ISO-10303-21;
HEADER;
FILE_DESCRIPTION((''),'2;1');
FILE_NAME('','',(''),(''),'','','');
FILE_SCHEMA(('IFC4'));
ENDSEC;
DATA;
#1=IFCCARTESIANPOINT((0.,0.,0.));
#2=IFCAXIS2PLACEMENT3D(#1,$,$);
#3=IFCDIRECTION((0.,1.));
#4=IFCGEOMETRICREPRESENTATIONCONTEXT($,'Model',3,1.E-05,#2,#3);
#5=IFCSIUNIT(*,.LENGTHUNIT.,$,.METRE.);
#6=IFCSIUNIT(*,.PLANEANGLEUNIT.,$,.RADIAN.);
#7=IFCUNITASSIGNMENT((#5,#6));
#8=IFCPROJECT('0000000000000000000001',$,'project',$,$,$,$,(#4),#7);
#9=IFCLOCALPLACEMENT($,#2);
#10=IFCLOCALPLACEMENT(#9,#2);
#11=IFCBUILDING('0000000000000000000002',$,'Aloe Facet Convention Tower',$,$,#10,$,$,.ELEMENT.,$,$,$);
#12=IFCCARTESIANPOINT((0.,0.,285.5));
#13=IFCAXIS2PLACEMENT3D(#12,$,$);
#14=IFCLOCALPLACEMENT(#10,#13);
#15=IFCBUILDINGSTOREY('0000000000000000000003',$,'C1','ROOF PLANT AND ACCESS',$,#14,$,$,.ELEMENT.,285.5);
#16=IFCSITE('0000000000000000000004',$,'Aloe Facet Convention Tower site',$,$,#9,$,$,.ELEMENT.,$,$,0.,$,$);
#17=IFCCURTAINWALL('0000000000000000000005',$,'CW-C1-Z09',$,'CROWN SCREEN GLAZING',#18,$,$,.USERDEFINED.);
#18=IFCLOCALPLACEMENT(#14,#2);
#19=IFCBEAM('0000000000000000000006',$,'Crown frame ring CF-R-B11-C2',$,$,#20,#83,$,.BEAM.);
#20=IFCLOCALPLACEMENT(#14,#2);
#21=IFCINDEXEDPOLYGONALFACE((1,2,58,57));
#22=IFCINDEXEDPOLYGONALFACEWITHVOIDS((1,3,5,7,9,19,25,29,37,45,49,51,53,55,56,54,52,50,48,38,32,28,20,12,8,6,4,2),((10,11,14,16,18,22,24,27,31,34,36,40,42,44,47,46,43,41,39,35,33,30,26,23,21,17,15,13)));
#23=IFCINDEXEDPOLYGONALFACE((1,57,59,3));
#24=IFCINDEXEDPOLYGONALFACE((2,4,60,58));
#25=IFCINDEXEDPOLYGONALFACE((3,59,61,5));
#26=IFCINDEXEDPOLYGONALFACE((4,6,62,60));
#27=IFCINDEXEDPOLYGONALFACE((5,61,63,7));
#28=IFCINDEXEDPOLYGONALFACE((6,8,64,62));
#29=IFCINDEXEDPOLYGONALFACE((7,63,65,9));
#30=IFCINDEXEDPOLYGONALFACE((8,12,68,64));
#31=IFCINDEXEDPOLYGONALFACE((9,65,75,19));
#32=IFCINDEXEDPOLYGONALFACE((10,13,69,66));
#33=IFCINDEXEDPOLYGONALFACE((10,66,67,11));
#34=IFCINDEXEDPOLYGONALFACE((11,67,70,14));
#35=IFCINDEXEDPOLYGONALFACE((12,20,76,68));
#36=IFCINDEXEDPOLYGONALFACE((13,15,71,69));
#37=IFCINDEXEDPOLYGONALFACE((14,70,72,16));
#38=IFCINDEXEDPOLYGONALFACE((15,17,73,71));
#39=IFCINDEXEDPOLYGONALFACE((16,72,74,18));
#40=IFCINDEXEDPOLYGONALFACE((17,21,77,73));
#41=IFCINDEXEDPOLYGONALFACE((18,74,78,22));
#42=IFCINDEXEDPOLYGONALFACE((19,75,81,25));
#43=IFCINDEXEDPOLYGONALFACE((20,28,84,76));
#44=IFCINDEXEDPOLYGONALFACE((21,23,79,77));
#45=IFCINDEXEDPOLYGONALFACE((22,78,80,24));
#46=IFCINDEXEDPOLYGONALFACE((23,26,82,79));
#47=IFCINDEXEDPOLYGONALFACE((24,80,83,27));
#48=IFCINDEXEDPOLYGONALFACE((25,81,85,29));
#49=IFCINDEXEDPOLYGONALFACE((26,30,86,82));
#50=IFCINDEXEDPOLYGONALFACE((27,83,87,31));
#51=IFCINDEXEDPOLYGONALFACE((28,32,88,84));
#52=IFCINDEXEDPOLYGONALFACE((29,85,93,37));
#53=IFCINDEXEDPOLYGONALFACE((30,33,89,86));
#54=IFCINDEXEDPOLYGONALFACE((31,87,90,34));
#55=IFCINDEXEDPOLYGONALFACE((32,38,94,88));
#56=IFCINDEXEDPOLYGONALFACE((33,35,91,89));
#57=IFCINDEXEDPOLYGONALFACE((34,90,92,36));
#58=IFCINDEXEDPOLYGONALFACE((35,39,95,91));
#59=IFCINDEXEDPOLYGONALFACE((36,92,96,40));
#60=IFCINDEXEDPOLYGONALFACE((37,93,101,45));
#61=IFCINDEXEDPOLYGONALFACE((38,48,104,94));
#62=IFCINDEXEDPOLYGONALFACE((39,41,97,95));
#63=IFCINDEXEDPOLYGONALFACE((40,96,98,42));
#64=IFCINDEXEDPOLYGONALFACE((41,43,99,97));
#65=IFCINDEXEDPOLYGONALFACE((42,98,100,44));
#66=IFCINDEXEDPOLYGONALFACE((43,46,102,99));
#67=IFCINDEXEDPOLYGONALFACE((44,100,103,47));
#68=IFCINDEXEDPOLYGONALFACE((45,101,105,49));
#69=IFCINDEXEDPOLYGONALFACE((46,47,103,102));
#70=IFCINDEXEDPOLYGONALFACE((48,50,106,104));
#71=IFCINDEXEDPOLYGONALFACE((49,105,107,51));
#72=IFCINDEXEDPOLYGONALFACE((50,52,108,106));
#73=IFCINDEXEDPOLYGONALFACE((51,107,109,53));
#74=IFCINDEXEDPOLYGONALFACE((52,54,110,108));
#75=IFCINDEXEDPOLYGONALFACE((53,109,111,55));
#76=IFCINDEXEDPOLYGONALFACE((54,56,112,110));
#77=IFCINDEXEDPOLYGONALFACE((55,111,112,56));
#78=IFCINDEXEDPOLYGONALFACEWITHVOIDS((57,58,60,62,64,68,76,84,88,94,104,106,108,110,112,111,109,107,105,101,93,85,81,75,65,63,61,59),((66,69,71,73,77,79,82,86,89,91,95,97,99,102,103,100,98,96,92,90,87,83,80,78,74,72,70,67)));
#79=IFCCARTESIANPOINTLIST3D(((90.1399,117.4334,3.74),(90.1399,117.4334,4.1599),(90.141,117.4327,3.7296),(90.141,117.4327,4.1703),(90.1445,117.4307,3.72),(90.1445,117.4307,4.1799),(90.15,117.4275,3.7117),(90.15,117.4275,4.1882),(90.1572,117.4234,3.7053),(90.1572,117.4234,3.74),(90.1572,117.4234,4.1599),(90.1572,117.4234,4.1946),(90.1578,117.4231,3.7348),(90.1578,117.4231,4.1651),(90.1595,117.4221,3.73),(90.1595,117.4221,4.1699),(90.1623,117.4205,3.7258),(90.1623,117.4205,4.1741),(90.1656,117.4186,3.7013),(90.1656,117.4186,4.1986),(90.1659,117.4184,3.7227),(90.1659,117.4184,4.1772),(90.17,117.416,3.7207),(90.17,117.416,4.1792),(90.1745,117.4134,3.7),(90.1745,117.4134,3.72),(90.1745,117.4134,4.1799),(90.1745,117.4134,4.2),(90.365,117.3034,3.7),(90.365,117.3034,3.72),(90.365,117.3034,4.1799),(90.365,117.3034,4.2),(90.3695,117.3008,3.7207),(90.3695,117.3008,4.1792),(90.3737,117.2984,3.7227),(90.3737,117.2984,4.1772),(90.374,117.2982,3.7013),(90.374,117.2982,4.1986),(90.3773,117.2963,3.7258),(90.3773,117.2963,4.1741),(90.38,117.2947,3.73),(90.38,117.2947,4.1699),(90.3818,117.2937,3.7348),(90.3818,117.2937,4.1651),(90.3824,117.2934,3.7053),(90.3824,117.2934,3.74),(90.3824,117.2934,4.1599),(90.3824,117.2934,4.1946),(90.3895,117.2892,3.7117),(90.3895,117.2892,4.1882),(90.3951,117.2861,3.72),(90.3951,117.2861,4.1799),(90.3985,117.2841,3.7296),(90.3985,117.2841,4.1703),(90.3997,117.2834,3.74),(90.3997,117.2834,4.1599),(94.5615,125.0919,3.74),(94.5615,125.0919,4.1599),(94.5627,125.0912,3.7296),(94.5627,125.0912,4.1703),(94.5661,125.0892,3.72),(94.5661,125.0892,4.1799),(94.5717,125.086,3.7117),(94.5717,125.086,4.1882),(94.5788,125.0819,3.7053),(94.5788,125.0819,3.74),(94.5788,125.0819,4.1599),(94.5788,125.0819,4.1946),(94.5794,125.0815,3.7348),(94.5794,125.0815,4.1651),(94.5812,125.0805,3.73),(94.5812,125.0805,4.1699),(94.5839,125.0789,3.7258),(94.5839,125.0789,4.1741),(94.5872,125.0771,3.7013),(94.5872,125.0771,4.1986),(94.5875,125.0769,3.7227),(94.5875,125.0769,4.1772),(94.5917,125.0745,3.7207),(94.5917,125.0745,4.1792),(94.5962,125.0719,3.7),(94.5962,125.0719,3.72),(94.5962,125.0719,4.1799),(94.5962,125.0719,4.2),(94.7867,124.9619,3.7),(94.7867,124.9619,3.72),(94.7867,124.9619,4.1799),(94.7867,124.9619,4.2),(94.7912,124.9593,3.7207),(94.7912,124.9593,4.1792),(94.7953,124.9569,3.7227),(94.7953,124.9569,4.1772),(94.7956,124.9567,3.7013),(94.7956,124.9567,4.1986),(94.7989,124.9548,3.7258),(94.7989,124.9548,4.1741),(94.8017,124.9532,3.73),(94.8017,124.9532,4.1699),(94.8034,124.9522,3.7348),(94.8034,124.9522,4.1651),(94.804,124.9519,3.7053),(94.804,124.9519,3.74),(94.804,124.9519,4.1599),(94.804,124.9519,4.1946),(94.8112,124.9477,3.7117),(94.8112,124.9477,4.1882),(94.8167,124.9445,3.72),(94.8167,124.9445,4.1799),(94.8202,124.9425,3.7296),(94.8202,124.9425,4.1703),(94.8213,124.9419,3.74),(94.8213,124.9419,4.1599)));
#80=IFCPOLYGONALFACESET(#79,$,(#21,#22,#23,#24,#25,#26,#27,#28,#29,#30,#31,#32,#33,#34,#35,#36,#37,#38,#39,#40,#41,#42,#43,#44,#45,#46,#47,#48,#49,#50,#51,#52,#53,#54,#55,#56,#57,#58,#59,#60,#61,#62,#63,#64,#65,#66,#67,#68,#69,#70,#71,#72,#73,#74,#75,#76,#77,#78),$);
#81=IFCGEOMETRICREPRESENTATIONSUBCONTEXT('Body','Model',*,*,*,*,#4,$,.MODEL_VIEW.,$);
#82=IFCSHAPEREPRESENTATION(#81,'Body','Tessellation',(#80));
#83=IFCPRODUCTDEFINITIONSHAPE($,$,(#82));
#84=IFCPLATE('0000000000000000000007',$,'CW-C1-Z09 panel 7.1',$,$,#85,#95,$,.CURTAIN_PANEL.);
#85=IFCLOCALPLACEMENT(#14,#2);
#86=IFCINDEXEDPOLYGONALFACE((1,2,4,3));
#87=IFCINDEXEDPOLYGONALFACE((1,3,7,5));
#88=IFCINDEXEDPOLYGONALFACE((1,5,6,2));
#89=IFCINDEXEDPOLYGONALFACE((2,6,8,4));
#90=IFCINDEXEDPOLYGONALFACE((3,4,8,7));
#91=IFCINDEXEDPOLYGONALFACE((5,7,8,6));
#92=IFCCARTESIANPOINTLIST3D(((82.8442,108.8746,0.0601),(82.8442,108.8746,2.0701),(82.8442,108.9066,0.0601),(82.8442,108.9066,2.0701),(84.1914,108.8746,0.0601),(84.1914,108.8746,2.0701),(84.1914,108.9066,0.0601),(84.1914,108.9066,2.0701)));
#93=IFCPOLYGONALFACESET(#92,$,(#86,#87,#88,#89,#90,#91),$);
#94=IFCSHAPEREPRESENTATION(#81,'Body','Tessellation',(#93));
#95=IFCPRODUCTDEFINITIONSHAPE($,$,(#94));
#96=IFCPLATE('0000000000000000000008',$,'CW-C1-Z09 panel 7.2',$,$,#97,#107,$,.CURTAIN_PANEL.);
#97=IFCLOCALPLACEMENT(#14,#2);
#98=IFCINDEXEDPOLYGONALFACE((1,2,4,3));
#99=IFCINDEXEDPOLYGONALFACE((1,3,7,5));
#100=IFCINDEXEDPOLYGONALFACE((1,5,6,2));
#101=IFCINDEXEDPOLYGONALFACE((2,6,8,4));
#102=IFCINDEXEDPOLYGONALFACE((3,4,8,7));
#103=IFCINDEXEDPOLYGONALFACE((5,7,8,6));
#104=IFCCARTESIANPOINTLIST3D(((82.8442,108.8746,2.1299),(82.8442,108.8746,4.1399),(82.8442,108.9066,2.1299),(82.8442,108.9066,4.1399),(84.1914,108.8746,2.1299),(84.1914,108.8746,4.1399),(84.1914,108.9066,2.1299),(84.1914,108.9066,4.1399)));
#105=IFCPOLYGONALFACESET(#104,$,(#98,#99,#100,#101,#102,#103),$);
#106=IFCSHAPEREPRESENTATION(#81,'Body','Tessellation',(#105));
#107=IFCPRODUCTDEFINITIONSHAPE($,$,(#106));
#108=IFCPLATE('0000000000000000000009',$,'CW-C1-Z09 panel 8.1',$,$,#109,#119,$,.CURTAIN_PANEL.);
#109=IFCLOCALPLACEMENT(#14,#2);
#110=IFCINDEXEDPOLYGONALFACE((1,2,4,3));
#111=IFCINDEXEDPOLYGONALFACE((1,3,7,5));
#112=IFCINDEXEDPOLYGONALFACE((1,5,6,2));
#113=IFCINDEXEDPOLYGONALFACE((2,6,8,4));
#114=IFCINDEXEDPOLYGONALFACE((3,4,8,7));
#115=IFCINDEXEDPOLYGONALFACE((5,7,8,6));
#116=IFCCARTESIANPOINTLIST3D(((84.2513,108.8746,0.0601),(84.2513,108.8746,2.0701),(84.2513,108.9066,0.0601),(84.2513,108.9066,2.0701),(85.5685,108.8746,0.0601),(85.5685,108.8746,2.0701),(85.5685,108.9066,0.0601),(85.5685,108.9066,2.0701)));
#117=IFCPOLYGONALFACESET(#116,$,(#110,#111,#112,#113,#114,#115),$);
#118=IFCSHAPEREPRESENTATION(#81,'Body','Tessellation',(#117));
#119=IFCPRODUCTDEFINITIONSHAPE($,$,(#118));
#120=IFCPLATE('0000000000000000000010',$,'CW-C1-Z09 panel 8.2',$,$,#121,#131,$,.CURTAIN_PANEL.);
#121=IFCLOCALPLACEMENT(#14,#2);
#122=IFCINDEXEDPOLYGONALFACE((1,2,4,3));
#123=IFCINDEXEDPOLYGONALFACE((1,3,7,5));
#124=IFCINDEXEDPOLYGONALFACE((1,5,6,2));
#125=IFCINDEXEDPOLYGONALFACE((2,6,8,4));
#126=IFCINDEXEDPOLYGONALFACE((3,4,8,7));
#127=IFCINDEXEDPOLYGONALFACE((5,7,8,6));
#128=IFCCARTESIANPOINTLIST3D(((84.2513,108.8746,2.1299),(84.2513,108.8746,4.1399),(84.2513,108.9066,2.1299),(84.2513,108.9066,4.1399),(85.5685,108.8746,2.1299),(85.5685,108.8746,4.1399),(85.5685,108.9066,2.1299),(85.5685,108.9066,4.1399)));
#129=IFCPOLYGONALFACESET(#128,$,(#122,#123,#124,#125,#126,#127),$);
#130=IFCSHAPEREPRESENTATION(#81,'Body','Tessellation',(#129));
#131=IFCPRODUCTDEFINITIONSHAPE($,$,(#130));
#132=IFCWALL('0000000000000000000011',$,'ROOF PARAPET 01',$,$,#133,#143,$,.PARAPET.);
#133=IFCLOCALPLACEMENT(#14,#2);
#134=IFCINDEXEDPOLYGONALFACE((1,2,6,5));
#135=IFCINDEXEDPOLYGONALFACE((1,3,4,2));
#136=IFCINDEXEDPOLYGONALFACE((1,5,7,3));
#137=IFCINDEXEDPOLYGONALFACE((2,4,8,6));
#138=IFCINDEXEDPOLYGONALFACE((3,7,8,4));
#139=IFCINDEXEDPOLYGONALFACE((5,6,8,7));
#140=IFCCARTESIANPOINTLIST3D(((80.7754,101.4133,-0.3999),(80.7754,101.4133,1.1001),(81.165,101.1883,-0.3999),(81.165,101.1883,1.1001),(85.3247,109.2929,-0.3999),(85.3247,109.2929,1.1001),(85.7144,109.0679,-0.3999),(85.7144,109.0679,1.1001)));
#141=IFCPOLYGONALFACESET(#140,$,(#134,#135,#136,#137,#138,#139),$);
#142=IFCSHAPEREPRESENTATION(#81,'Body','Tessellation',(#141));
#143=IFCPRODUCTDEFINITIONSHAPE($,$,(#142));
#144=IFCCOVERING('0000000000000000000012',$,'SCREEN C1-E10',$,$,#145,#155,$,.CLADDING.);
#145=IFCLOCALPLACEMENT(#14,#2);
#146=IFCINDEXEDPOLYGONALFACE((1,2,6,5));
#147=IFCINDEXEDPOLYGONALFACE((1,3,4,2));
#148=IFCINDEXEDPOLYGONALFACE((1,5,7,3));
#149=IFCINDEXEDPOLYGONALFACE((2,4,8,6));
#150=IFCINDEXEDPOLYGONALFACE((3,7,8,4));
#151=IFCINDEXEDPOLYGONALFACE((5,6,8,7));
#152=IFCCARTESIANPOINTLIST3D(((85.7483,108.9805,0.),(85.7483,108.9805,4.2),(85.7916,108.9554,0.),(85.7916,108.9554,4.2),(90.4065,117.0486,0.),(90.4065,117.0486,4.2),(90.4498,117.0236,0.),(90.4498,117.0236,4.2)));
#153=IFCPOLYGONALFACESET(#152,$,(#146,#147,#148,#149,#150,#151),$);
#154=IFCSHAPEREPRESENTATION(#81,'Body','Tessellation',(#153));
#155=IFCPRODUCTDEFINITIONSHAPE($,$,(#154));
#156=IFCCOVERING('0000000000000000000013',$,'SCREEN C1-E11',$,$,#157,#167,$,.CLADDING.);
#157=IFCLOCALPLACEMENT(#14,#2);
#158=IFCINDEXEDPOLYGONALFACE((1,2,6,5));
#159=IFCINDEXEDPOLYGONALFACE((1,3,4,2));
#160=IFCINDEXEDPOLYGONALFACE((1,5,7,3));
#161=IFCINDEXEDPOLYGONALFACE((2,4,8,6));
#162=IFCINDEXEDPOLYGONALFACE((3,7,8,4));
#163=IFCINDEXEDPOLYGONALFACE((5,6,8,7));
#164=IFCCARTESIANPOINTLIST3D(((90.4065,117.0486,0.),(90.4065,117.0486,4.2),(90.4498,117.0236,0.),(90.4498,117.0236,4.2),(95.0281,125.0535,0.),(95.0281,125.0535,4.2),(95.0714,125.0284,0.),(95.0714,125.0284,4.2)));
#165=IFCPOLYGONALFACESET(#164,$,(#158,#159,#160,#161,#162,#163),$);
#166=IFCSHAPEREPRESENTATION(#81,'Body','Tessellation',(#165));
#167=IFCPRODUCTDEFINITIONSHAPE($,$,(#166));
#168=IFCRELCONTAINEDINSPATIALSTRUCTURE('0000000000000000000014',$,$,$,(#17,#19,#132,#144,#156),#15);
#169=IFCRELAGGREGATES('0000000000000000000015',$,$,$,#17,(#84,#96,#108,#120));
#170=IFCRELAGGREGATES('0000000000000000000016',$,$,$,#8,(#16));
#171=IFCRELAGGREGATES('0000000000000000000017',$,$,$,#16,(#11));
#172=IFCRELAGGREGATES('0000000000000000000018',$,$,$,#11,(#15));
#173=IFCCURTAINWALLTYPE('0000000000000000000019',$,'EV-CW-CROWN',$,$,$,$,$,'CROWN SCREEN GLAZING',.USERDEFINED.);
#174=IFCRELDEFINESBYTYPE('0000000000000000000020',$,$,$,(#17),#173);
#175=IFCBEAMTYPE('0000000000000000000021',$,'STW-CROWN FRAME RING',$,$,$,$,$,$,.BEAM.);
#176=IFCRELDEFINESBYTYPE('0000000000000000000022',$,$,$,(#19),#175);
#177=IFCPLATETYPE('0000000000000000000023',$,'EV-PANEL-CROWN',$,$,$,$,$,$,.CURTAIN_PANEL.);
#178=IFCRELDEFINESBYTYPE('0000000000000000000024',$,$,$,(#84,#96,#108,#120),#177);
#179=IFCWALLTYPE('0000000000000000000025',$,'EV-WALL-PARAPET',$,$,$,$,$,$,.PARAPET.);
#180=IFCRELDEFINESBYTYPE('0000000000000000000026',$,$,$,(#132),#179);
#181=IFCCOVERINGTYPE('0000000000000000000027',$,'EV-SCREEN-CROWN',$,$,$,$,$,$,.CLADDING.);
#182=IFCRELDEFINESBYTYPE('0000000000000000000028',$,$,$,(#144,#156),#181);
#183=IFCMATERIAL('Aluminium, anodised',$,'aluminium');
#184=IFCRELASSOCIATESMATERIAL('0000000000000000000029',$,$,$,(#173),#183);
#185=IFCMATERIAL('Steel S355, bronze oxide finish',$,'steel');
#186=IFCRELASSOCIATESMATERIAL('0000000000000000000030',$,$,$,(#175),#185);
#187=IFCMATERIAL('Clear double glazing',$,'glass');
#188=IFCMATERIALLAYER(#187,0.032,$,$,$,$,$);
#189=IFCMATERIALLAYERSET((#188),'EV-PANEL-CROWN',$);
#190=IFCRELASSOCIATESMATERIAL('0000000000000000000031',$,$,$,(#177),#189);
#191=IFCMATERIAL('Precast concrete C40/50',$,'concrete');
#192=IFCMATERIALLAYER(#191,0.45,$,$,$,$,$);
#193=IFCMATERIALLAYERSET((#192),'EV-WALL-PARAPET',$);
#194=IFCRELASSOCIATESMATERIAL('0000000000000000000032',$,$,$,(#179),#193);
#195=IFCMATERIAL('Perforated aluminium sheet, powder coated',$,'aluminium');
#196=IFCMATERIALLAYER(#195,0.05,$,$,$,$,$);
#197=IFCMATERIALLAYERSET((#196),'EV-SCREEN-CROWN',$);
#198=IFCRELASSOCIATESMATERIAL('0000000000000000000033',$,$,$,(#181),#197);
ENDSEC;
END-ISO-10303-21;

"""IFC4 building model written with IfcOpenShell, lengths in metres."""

from ifc_helpers import new_model, si_unit, direction, frame, frame_2d, origin, origin_2d, place, context, subcontext, project, spatial, polyline, rectangle, hollow_rectangle, outline, extrude, material, layer, layer_set, material_profile, profile_set, type_object, element, aggregate, save


model = new_model("IFC4")

# Units and contexts
model_context = context("Model", 3, precision=1e-05, world=origin(), true_north=direction((0.0, 1.0)))
body_context = subcontext(model_context, "Body", "Model", "MODEL_VIEW")
ifc_project = project(units=[si_unit("LENGTHUNIT", "METRE"), si_unit("PLANEANGLEUNIT", "RADIAN")], contexts=[model_context])

# Site, building, storey
site_placement = place(None, origin())
site = spatial("IfcSite", under=ifc_project, at=site_placement, Name="Aloe Facet Convention Tower site", CompositionType="ELEMENT", RefElevation=0.0)
building_placement = place(site_placement, origin())
building = spatial("IfcBuilding", under=site, at=building_placement, Name="Aloe Facet Convention Tower", CompositionType="ELEMENT")
storey_placement = place(building_placement, frame((0.0, 0.0, 285.5)))
storey = spatial("IfcBuildingStorey", under=building, at=storey_placement, Name="C1", Description="ROOF PLANT AND ACCESS", CompositionType="ELEMENT", Elevation=285.5)

# Curtain wall
ifc_material_1 = material(Name="Aluminium, anodised", Category="aluminium")
curtain_wall_type = type_object("IfcCurtainWallType", Name="EV-CW-CROWN", ElementType="CROWN SCREEN GLAZING", PredefinedType="USERDEFINED", material=ifc_material_1)
curtain_wall_placement = place(storey_placement, origin())
curtain_wall = element("IfcCurtainWall", 1, at=curtain_wall_placement, inside=storey, type_object=curtain_wall_type, Name="CW-C1-Z09", ObjectType="CROWN SCREEN GLAZING", PredefinedType="USERDEFINED")

# Beam
ifc_material_2 = material(Name="Steel S355, bronze oxide finish", Category="steel")
ifc_material_profile_1 = material_profile(ifc_material_2, hollow_rectangle(XDim=0.3, YDim=0.5, WallThickness=0.02, InnerFilletRadius=0.02, OuterFilletRadius=0.04, at=origin_2d()), Name="RHS 500x300x20")
ifc_profile_set_1 = profile_set([ifc_material_profile_1], Name="Steel S355, bronze oxide finish")
beam_type = type_object("IfcBeamType", Name="STW-CROWN FRAME RING", PredefinedType="BEAM", material=ifc_profile_set_1)
for number, where, z_axis, x_axis, name in (
    (2, (90.2698, 117.3584, 3.95), (0.500002, 0.866024, 0.0), (-0.866024, 0.500002, 0.0), "Crown frame ring CF-R-B11-C2"),
):
    element("IfcBeam", number, at=place(storey_placement, frame(where, z_axis=z_axis, x_axis=x_axis)), inside=storey, type_object=beam_type, Name=name, PredefinedType="BEAM", context=body_context, shape_type="SweptSolid", body=[
        extrude(hollow_rectangle(XDim=0.3, YDim=0.5, WallThickness=0.02, InnerFilletRadius=0.02, OuterFilletRadius=0.04, at=origin_2d()), origin(), (0.0, 0.0, 1.0), 8.8433),
    ])

# Plates
ifc_material_3 = material(Name="Clear double glazing", Category="glass")
ifc_layer_1 = layer(ifc_material_3, 0.032)
ifc_layer_set_1 = layer_set([ifc_layer_1], Name="EV-PANEL-CROWN")
plate_type = type_object("IfcPlateType", Name="EV-PANEL-CROWN", PredefinedType="CURTAIN_PANEL", material=ifc_layer_set_1)
plate_1_placement = place(storey_placement, frame((83.5178, 108.8906, 0.0601), z_axis=(0.0, 0.0, 1.0), x_axis=(1.0, 0.0, 0.0)))
plate_1 = element("IfcPlate", 3, at=plate_1_placement, type_object=plate_type, Name="CW-C1-Z09 panel 7.1", PredefinedType="CURTAIN_PANEL", context=body_context, shape_type="SweptSolid", body=[
    extrude(rectangle(XDim=1.3472, YDim=0.032, at=origin_2d()), origin(), (0.0, 0.0, 1.0), 2.01),
])
plate_2_placement = place(storey_placement, frame((83.5178, 108.8906, 2.1299), z_axis=(0.0, 0.0, 1.0), x_axis=(1.0, 0.0, 0.0)))
plate_2 = element("IfcPlate", 4, at=plate_2_placement, type_object=plate_type, Name="CW-C1-Z09 panel 7.2", PredefinedType="CURTAIN_PANEL", context=body_context, shape_type="SweptSolid", body=[
    extrude(rectangle(XDim=1.3472, YDim=0.032, at=origin_2d()), origin(), (0.0, 0.0, 1.0), 2.01),
])
plate_3_placement = place(storey_placement, frame((84.9099, 108.8906, 0.0601), z_axis=(0.0, 0.0, 1.0), x_axis=(1.0, 0.0, 0.0)))
plate_3 = element("IfcPlate", 5, at=plate_3_placement, type_object=plate_type, Name="CW-C1-Z09 panel 8.1", PredefinedType="CURTAIN_PANEL", context=body_context, shape_type="SweptSolid", body=[
    extrude(rectangle(XDim=1.3171, YDim=0.032, at=origin_2d()), origin(), (0.0, 0.0, 1.0), 2.01),
])
plate_4_placement = place(storey_placement, frame((84.9099, 108.8906, 2.1299), z_axis=(0.0, 0.0, 1.0), x_axis=(1.0, 0.0, 0.0)))
plate_4 = element("IfcPlate", 6, at=plate_4_placement, type_object=plate_type, Name="CW-C1-Z09 panel 8.2", PredefinedType="CURTAIN_PANEL", context=body_context, shape_type="SweptSolid", body=[
    extrude(rectangle(XDim=1.3171, YDim=0.032, at=origin_2d()), origin(), (0.0, 0.0, 1.0), 2.01),
])
aggregate(curtain_wall, [plate_1, plate_2, plate_3, plate_4])

# Wall
ifc_material_4 = material(Name="Precast concrete C40/50", Category="concrete")
ifc_layer_2 = layer(ifc_material_4, 0.45)
ifc_layer_set_2 = layer_set([ifc_layer_2], Name="EV-WALL-PARAPET")
wall_type = type_object("IfcWallType", Name="EV-WALL-PARAPET", PredefinedType="PARAPET", material=ifc_layer_set_2)
wall_placement = place(storey_placement, frame((85.5195, 109.1804, -0.3999), z_axis=(0.0, 0.0, 1.0), x_axis=(-0.5, -0.866025, 0.0)))
element("IfcWall", 7, at=wall_placement, inside=storey, type_object=wall_type, Name="ROOF PARAPET 01", PredefinedType="PARAPET", context=body_context, shape_type="SweptSolid", body=[
    extrude(rectangle(XDim=9.0986, YDim=0.45, at=frame_2d((4.5493, 0.0))), origin(), (0.0, 0.0, 1.0), 1.5),
])

# Coverings
ifc_material_5 = material(Name="Perforated aluminium sheet, powder coated", Category="aluminium")
ifc_layer_3 = layer(ifc_material_5, 0.05)
ifc_layer_set_3 = layer_set([ifc_layer_3], Name="EV-SCREEN-CROWN")
covering_type = type_object("IfcCoveringType", Name="EV-SCREEN-CROWN", PredefinedType="CLADDING", material=ifc_layer_set_3)
covering_1_placement = place(storey_placement, frame((85.7483, 108.9805, 0.0), z_axis=(-0.866022, 0.500006, 0.0), x_axis=(0.0, 0.0, 1.0)))
element("IfcCovering", 8, at=covering_1_placement, inside=storey, type_object=covering_type, Name="SCREEN C1-E10", PredefinedType="CLADDING", context=body_context, shape_type="SweptSolid", body=[
    extrude(outline(polyline([(0.0, 0.0), (4.2, 0.0), (4.2, 9.3163), (0.0, 9.3163), (0.0, 0.0)])), origin(), (0.0, 0.0, -1.0), 0.05),
])
covering_2_placement = place(storey_placement, frame((90.4065, 117.0486, 0.0), z_axis=(-0.866027, 0.499997, 0.0), x_axis=(0.0, 0.0, 1.0)))
element("IfcCovering", 9, at=covering_2_placement, inside=storey, type_object=covering_type, Name="SCREEN C1-E11", PredefinedType="CLADDING", context=body_context, shape_type="SweptSolid", body=[
    extrude(outline(polyline([(0.0, 0.0), (4.2, 0.0), (4.2, 9.2432), (0.0, 9.2432), (0.0, 0.0)])), origin(), (0.0, 0.0, -1.0), 0.05),
])

save(model, "model.ifc")
